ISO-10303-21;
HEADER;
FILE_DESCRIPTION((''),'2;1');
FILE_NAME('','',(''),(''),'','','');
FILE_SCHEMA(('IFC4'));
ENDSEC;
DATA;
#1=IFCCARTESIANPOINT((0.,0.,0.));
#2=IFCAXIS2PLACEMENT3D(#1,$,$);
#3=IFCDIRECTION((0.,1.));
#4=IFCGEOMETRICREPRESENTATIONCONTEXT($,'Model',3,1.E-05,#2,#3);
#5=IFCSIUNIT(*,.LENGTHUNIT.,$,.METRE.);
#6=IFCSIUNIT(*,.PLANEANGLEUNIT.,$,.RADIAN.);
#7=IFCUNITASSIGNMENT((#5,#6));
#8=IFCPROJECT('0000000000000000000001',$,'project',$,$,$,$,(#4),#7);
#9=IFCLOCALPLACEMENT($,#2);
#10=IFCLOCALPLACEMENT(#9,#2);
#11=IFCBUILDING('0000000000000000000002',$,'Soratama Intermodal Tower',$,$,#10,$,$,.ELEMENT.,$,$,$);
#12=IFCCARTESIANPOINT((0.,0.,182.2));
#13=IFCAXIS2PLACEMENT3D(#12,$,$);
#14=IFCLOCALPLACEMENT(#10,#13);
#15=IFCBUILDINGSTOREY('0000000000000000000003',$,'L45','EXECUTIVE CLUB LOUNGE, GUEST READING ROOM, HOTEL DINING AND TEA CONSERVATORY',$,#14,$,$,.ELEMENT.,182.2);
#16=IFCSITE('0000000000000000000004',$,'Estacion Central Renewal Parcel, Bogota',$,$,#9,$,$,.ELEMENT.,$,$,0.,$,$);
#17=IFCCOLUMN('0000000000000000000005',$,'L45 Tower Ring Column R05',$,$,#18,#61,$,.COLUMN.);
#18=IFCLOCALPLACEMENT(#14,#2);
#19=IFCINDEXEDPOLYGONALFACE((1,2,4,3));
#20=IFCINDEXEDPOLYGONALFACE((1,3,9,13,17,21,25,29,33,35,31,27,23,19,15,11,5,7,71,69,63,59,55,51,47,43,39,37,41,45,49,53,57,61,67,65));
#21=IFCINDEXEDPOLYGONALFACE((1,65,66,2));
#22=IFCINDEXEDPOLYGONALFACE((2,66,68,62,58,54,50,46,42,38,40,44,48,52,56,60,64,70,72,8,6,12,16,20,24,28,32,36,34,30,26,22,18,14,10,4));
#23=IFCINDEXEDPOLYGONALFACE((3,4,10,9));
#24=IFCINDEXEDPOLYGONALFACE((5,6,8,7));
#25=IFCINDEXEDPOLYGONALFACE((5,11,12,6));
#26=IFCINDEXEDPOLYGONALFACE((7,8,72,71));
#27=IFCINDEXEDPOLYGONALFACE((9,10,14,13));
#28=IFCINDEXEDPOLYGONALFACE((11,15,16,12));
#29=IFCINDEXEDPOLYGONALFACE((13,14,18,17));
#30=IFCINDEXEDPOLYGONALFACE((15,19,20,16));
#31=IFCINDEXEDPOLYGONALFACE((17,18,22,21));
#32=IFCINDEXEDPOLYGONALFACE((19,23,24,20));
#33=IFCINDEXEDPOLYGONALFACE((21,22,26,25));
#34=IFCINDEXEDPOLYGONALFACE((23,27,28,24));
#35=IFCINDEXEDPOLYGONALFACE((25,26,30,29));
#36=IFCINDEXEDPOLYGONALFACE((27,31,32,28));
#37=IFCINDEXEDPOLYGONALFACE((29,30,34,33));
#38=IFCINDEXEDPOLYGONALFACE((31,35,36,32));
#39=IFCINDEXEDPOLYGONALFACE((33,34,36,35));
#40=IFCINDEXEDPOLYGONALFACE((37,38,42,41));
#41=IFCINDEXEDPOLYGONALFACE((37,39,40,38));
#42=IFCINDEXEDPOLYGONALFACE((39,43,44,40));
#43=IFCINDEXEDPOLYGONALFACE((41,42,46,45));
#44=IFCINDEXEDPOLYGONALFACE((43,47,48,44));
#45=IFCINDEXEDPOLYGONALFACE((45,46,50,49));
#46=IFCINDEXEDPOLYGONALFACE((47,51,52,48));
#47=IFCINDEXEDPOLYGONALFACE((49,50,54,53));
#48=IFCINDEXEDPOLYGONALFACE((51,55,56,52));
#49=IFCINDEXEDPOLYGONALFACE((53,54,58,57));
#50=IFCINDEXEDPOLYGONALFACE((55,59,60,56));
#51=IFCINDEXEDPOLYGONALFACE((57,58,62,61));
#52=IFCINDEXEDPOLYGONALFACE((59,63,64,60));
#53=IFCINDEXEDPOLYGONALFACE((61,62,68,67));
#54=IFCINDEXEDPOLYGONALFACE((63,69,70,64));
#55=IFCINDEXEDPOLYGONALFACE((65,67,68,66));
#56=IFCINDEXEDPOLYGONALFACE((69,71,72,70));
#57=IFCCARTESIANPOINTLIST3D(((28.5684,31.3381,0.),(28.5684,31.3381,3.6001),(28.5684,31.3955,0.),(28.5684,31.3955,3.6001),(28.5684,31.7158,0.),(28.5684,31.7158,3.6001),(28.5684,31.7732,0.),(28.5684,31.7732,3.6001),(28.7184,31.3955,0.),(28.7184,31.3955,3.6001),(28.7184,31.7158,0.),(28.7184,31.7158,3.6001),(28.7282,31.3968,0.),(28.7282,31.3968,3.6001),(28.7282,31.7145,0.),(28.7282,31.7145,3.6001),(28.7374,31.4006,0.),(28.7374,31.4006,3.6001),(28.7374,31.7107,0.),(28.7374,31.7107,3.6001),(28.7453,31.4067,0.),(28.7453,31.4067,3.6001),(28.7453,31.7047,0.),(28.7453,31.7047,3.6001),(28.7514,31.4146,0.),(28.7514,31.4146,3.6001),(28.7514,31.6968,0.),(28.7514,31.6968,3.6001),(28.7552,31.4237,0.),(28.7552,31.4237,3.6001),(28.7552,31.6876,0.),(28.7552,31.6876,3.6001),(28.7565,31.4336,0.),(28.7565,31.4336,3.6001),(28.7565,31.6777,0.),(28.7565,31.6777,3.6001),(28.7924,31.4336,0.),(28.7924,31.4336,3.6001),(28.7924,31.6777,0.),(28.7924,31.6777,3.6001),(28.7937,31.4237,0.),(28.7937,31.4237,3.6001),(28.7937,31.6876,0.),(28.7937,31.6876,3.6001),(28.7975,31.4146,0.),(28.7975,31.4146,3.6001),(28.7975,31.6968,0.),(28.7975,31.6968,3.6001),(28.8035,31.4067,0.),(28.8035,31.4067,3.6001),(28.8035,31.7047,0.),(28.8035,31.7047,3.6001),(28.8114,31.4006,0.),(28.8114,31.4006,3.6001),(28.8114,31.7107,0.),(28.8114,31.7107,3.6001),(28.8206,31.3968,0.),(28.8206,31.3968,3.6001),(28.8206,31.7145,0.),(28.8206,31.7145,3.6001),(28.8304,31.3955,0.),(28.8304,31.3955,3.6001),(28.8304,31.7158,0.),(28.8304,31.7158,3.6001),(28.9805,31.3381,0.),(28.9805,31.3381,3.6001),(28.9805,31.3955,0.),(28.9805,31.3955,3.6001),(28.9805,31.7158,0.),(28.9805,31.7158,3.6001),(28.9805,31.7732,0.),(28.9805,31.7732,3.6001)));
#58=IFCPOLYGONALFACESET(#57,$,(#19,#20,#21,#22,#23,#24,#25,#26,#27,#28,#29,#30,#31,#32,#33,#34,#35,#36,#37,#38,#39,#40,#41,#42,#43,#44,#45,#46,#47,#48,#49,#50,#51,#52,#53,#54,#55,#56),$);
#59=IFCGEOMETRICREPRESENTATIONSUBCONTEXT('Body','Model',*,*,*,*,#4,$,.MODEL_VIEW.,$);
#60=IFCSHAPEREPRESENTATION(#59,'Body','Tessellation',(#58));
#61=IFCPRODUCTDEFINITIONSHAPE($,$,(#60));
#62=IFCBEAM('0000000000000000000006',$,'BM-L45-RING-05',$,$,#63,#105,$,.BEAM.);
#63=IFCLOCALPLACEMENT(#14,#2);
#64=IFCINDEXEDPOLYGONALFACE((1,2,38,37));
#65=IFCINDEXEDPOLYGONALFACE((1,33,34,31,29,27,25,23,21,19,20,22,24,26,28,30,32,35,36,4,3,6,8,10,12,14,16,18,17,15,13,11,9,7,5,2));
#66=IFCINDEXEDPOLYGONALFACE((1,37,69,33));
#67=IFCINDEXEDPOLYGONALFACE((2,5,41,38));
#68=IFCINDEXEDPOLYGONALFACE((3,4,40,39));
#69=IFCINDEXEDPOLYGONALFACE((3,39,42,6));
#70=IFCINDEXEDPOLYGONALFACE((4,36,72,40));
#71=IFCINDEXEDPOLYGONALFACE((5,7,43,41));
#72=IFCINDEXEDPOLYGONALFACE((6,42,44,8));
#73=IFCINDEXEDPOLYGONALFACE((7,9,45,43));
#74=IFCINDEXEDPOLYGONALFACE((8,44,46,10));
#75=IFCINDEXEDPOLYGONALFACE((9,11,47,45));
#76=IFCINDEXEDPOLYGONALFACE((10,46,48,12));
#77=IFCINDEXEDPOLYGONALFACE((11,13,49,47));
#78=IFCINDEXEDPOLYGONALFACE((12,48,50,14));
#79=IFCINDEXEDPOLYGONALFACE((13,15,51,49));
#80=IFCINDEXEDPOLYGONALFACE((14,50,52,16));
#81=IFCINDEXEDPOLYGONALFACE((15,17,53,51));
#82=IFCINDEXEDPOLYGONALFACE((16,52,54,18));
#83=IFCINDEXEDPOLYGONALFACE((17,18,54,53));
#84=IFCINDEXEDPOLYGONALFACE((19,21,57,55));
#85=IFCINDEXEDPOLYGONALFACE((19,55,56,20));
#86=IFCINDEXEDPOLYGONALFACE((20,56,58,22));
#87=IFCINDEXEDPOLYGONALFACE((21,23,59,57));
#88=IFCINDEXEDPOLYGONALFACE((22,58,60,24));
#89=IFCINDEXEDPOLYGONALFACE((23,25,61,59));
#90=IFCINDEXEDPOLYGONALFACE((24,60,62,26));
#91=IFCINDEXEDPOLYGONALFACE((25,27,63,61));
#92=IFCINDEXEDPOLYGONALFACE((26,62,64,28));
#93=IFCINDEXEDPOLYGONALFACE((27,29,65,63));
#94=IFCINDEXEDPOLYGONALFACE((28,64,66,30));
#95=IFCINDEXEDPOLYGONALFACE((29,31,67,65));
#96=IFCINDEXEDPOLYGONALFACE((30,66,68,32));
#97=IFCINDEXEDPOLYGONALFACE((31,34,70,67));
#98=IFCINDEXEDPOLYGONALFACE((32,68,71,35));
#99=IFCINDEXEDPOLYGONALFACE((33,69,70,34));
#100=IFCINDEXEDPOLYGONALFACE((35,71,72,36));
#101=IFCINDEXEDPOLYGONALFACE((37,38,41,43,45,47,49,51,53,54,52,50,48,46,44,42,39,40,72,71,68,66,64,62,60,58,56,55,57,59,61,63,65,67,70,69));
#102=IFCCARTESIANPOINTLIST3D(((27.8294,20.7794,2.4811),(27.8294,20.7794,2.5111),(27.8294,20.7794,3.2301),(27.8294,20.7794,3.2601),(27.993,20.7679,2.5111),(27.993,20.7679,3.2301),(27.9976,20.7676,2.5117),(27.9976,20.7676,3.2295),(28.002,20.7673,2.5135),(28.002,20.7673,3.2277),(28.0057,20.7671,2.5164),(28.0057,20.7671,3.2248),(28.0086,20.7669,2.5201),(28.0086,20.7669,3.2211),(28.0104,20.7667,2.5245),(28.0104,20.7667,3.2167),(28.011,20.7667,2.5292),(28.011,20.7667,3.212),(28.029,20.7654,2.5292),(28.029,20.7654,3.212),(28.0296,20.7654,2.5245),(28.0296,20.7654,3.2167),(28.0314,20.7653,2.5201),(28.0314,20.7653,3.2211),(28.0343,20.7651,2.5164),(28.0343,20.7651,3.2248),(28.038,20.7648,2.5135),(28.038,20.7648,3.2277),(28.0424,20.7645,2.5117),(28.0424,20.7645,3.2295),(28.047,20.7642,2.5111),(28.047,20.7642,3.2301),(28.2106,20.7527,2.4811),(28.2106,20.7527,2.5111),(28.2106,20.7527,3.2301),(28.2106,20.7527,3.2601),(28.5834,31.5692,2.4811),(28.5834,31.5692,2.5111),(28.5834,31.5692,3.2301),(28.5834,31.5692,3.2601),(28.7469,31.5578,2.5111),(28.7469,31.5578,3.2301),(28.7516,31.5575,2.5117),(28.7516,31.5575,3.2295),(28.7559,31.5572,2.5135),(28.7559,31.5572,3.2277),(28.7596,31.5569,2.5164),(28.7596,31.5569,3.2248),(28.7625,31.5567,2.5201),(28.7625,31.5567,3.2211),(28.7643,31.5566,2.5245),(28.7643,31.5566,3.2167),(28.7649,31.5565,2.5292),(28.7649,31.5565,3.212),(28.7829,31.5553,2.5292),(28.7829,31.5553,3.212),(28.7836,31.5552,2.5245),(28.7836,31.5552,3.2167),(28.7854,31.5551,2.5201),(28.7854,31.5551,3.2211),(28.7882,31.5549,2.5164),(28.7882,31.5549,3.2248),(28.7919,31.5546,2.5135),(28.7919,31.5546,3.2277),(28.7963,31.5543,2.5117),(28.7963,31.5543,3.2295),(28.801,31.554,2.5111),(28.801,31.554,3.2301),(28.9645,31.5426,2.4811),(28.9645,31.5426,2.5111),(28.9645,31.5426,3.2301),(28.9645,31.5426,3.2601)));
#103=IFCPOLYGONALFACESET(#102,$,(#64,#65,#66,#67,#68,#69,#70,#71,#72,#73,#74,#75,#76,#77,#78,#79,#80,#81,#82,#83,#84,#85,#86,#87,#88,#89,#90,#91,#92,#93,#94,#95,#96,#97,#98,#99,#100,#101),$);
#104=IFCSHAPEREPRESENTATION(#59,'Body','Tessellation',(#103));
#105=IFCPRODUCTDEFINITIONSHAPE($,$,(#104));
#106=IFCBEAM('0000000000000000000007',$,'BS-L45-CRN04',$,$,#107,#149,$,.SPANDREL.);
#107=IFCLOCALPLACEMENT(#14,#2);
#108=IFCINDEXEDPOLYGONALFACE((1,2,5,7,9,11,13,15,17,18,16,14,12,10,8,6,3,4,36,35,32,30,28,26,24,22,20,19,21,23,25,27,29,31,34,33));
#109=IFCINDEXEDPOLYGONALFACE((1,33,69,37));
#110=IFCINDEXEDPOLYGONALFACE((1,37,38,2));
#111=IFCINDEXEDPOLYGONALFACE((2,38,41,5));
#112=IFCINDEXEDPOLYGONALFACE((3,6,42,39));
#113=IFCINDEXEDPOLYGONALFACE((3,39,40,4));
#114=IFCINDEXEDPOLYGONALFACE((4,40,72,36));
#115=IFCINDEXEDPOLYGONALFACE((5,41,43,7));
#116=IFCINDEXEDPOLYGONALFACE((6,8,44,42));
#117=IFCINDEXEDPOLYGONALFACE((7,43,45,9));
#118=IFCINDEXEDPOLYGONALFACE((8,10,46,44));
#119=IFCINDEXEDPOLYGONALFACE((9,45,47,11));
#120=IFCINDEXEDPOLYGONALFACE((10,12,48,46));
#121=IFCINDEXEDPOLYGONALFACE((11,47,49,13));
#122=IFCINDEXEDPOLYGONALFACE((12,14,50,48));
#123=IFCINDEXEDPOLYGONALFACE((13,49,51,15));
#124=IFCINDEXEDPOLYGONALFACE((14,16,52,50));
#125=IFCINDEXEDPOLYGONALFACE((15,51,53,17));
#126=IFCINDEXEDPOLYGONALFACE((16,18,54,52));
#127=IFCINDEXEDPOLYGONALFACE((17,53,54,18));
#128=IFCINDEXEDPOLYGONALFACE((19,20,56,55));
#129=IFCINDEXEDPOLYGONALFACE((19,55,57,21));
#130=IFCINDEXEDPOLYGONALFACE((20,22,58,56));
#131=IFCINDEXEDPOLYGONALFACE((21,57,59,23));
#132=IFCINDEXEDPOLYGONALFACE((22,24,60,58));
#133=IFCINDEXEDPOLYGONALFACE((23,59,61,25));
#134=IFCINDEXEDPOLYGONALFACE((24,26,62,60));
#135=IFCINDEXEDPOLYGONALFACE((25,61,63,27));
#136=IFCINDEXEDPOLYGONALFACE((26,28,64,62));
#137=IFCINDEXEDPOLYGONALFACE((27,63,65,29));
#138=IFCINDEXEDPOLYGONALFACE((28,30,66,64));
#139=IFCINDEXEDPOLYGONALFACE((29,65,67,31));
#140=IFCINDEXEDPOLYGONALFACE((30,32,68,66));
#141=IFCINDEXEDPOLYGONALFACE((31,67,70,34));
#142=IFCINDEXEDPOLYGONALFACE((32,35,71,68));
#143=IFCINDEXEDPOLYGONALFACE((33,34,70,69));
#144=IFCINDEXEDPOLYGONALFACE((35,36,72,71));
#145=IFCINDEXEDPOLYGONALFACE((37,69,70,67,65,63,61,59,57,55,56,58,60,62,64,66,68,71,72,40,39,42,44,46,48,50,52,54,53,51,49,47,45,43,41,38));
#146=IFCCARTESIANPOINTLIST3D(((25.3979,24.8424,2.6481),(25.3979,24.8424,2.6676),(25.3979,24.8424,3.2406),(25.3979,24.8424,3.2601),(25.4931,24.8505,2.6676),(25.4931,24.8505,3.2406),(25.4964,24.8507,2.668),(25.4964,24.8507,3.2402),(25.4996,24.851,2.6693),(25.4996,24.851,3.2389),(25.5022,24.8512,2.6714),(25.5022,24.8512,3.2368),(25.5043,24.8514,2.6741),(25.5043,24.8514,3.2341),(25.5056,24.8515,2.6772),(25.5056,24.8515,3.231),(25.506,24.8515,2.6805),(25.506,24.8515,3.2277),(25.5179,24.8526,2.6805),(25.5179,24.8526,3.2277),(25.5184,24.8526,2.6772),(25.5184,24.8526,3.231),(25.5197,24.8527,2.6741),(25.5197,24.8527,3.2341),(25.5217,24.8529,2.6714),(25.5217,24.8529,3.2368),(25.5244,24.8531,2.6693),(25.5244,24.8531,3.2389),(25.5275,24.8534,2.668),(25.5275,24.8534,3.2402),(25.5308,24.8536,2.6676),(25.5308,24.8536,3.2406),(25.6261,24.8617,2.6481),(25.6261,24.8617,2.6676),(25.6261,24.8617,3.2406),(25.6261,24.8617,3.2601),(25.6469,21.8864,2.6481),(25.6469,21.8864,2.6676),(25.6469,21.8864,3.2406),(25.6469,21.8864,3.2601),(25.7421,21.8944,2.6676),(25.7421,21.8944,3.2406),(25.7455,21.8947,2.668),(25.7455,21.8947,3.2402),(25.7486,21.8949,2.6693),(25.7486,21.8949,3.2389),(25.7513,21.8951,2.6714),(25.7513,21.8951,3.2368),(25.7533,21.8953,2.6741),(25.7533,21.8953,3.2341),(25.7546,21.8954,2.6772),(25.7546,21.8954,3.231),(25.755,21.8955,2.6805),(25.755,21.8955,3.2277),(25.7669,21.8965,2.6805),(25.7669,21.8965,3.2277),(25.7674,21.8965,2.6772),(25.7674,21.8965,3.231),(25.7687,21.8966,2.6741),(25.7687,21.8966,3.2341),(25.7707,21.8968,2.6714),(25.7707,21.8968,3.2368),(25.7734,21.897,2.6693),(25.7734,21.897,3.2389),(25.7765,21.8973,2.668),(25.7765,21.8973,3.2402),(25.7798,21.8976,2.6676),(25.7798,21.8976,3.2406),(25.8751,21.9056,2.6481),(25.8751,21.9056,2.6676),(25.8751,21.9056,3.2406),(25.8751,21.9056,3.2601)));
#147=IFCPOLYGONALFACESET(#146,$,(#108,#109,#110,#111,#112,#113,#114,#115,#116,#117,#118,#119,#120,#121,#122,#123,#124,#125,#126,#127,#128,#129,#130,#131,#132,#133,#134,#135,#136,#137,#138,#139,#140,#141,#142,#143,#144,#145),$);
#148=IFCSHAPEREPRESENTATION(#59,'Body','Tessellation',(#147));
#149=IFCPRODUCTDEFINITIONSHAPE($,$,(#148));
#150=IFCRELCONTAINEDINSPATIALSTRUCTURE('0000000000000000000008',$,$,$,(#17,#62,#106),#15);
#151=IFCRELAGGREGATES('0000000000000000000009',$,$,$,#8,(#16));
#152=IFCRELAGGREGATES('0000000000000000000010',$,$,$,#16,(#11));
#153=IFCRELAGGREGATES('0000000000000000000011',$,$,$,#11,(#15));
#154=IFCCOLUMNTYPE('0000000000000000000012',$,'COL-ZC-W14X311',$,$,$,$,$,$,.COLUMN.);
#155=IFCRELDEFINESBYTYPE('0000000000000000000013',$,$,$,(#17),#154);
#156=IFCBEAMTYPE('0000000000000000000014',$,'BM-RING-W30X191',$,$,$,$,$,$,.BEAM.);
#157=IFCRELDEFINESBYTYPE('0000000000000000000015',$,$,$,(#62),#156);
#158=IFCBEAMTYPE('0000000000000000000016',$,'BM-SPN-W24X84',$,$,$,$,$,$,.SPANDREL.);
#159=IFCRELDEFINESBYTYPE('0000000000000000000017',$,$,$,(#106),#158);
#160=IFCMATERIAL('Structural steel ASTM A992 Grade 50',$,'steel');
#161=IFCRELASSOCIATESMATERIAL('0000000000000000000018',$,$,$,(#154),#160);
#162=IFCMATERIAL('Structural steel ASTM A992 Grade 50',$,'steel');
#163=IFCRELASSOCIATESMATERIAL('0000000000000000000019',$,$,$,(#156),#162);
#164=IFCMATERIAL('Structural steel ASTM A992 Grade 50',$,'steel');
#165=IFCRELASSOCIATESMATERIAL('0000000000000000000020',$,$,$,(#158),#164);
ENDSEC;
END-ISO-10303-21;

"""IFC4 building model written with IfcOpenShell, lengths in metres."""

from ifc_helpers import new_model, si_unit, direction, frame, origin, origin_2d, place, context, subcontext, project, spatial, i_section, extrude, material, material_profile, profile_set, type_object, element, save


model = new_model("IFC4")

# Units and contexts
model_context = context("Model", 3, precision=1e-05, world=origin(), true_north=direction((0.0, 1.0)))
body_context = subcontext(model_context, "Body", "Model", "MODEL_VIEW")
ifc_project = project(units=[si_unit("LENGTHUNIT", "METRE"), si_unit("PLANEANGLEUNIT", "RADIAN")], contexts=[model_context])

# Site, building, storey
site_placement = place(None, origin())
site = spatial("IfcSite", under=ifc_project, at=site_placement, Name="Estacion Central Renewal Parcel, Bogota", CompositionType="ELEMENT", RefElevation=0.0)
building_placement = place(site_placement, origin())
building = spatial("IfcBuilding", under=site, at=building_placement, Name="Soratama Intermodal Tower", CompositionType="ELEMENT")
storey_placement = place(building_placement, frame((0.0, 0.0, 182.2)))
storey = spatial("IfcBuildingStorey", under=building, at=storey_placement, Name="L45", Description="EXECUTIVE CLUB LOUNGE, GUEST READING ROOM, HOTEL DINING AND TEA CONSERVATORY", CompositionType="ELEMENT", Elevation=182.2)

# Column
ifc_material_1 = material(Name="Structural steel ASTM A992 Grade 50", Category="steel")
ifc_material_profile_1 = material_profile(ifc_material_1, i_section(OverallWidth=0.4121, OverallDepth=0.4351, WebThickness=0.0359, FlangeThickness=0.0574, FilletRadius=0.0381, at=origin_2d()), Name="W14X311")
ifc_profile_set_1 = profile_set([ifc_material_profile_1], Name="Structural steel ASTM A992 Grade 50")
column_type = type_object("IfcColumnType", Name="COL-ZC-W14X311", PredefinedType="COLUMN", material=ifc_profile_set_1)
column_placement = place(storey_placement, frame((28.7744, 31.5557, 0.0), z_axis=(0.0, 0.0, 1.0), x_axis=(1.0, 0.0, 0.0)))
element("IfcColumn", 1, at=column_placement, inside=storey, type_object=column_type, Name="L45 Tower Ring Column R05", PredefinedType="COLUMN", context=body_context, shape_type="SweptSolid", body=[
    extrude(i_section(OverallWidth=0.4121, OverallDepth=0.4351, WebThickness=0.0359, FlangeThickness=0.0574, FilletRadius=0.0381, at=origin_2d()), origin(), (0.0, 0.0, 1.0), 3.6001),
])

# Beams
ifc_material_2 = material(Name="Structural steel ASTM A992 Grade 50", Category="steel")
ifc_material_profile_2 = material_profile(ifc_material_2, i_section(OverallWidth=0.3821, OverallDepth=0.7791, WebThickness=0.0181, FlangeThickness=0.03, FilletRadius=0.0181, at=origin_2d()), Name="W30X191")
ifc_profile_set_2 = profile_set([ifc_material_profile_2], Name="Structural steel ASTM A992 Grade 50")
beam_type_1 = type_object("IfcBeamType", Name="BM-RING-W30X191", PredefinedType="BEAM", material=ifc_profile_set_2)
beam_1_placement = place(storey_placement, frame((28.7739, 31.5559, 2.8706), z_axis=(-0.069702, -0.997568, 0.0), x_axis=(0.997568, -0.069702, 0.0)))
element("IfcBeam", 2, at=beam_1_placement, inside=storey, type_object=beam_type_1, Name="BM-L45-RING-05", PredefinedType="BEAM", context=body_context, shape_type="SweptSolid", body=[
    extrude(i_section(OverallWidth=0.3821, OverallDepth=0.7791, WebThickness=0.0181, FlangeThickness=0.03, FilletRadius=0.0181, at=origin_2d()), origin(), (0.0, 0.0, 1.0), 10.8162),
])
ifc_material_3 = material(Name="Structural steel ASTM A992 Grade 50", Category="steel")
ifc_material_profile_3 = material_profile(ifc_material_3, i_section(OverallWidth=0.229, OverallDepth=0.6121, WebThickness=0.012, FlangeThickness=0.0195, FilletRadius=0.0129, at=origin_2d()), Name="W24X84")
ifc_profile_set_3 = profile_set([ifc_material_profile_3], Name="Structural steel ASTM A992 Grade 50")
beam_type_2 = type_object("IfcBeamType", Name="BM-SPN-W24X84", PredefinedType="SPANDREL", material=ifc_profile_set_3)
beam_2_placement = place(storey_placement, frame((25.512, 24.8521, 2.9541), z_axis=(0.083944, -0.99647, 0.0), x_axis=(0.99647, 0.083944, 0.0)))
element("IfcBeam", 3, at=beam_2_placement, inside=storey, type_object=beam_type_2, Name="BS-L45-CRN04", PredefinedType="SPANDREL", context=body_context, shape_type="SweptSolid", body=[
    extrude(i_section(OverallWidth=0.229, OverallDepth=0.6121, WebThickness=0.012, FlangeThickness=0.0195, FilletRadius=0.0129, at=origin_2d()), origin(), (0.0, 0.0, 1.0), 2.9666),
])

save(model, "model.ifc")
